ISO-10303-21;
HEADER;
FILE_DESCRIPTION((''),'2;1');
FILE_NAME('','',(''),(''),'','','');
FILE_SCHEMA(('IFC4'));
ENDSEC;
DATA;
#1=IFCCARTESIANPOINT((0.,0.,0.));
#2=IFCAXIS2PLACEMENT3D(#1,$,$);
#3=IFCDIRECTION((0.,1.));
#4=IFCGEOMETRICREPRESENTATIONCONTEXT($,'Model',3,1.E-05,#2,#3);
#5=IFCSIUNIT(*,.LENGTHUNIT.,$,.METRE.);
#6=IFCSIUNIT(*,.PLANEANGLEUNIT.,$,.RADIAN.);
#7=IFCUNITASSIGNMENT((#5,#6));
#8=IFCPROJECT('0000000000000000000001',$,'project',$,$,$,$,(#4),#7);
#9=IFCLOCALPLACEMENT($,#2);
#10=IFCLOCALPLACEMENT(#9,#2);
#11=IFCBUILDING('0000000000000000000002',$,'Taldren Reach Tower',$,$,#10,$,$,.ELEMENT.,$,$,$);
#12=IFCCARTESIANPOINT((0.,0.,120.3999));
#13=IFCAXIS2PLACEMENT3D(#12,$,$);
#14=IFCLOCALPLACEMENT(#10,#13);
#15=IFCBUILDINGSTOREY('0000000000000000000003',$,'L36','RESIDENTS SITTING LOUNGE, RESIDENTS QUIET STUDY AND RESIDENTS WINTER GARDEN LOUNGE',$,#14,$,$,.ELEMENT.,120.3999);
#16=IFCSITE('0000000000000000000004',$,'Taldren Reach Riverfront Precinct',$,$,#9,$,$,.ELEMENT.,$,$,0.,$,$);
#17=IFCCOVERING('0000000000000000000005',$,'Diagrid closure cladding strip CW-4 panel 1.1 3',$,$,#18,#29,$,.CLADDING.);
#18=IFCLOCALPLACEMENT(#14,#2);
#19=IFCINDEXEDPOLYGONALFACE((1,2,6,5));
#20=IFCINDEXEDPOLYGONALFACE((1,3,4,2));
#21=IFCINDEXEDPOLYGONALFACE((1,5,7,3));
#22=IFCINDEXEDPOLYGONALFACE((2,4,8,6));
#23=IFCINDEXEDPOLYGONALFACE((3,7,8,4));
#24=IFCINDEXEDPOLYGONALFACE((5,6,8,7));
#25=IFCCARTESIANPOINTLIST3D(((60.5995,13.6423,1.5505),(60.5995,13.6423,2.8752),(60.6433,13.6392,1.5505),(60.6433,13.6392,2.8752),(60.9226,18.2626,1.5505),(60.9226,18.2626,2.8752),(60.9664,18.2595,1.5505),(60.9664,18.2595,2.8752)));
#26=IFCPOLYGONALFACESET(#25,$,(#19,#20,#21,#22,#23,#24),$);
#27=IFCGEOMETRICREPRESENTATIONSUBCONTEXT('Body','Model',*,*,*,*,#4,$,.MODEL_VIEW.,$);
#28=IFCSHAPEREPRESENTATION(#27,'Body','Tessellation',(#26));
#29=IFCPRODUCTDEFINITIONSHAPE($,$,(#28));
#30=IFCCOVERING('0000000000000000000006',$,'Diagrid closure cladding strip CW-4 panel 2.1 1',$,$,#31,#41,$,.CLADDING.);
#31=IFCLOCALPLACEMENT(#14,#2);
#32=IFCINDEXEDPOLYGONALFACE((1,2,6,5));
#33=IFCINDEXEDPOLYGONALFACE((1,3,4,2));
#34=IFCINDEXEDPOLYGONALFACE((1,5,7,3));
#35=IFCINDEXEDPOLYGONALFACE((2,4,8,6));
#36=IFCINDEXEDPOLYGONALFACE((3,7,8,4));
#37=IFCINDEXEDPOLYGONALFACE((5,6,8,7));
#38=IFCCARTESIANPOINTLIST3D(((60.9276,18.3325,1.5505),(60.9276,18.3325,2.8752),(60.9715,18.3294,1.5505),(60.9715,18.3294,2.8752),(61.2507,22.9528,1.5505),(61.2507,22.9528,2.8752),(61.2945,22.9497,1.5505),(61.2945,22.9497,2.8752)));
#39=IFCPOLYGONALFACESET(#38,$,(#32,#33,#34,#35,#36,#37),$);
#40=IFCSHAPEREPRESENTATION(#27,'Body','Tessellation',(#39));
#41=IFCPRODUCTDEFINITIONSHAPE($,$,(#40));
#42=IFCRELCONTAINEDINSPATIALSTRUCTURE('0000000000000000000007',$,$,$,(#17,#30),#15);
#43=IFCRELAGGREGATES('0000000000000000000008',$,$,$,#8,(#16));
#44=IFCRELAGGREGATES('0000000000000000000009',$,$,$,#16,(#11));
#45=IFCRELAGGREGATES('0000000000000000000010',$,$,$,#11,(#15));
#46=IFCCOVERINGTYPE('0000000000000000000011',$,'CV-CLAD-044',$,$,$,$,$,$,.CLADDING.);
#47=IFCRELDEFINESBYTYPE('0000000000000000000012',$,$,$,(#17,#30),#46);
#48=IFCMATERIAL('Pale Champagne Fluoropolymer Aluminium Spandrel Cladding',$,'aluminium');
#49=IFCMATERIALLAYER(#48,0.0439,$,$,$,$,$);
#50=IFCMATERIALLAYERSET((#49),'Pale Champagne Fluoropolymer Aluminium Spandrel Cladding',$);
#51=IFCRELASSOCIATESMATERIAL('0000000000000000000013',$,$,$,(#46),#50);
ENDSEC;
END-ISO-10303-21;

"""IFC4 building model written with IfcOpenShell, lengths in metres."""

from ifc_helpers import new_model, si_unit, direction, frame, origin, origin_2d, place, context, subcontext, project, spatial, rectangle, extrude, source, transform, mapped, material, layer, layer_set, type_object, element, save


model = new_model("IFC4")

# Units and contexts
model_context = context("Model", 3, precision=1e-05, world=origin(), true_north=direction((0.0, 1.0)))
body_context = subcontext(model_context, "Body", "Model", "MODEL_VIEW")
ifc_project = project(units=[si_unit("LENGTHUNIT", "METRE"), si_unit("PLANEANGLEUNIT", "RADIAN")], contexts=[model_context])

# Site, building, storey
site_placement = place(None, origin())
site = spatial("IfcSite", under=ifc_project, at=site_placement, Name="Taldren Reach Riverfront Precinct", CompositionType="ELEMENT", RefElevation=0.0)
building_placement = place(site_placement, origin())
building = spatial("IfcBuilding", under=site, at=building_placement, Name="Taldren Reach Tower", CompositionType="ELEMENT")
storey_placement = place(building_placement, frame((0.0, 0.0, 120.3999)))
storey = spatial("IfcBuildingStorey", under=building, at=storey_placement, Name="L36", Description="RESIDENTS SITTING LOUNGE, RESIDENTS QUIET STUDY AND RESIDENTS WINTER GARDEN LOUNGE", CompositionType="ELEMENT", Elevation=120.3999)

# Coverings
ifc_material_1 = material(Name="Pale Champagne Fluoropolymer Aluminium Spandrel Cladding", Category="aluminium")
ifc_layer_1 = layer(ifc_material_1, 0.0439)
ifc_layer_set_1 = layer_set([ifc_layer_1], Name="Pale Champagne Fluoropolymer Aluminium Spandrel Cladding")
covering_type = type_object("IfcCoveringType", Name="CV-CLAD-044", PredefinedType="CLADDING", material=ifc_layer_set_1)
shared_shape_1 = source(origin(), body_context, "Body", "SweptSolid", [
    extrude(rectangle(XDim=4.6316, YDim=0.0439, at=origin_2d()), origin(), (0.0, 0.0, 1.0), 1.3247),
])
for number, where, z_axis, x_axis, name in (
    (1, (60.783, 15.9509, 1.5505), (0.0, 0.0, 1.0), (0.069756, 0.997564, 0.0), "Diagrid closure cladding strip CW-4 panel 1.1 3"),
    (2, (61.1111, 20.6411, 1.5505), (0.0, 0.0, 1.0), (0.069756, 0.997564, 0.0), "Diagrid closure cladding strip CW-4 panel 2.1 1"),
):
    element("IfcCovering", number, at=place(storey_placement, frame(where, z_axis=z_axis, x_axis=x_axis)), inside=storey, type_object=covering_type, Name=name, PredefinedType="CLADDING", context=body_context, shape_type="MappedRepresentation", body=[
        mapped(shared_shape_1, transform((0.0, 0.0, 0.0), scale=1.0)),
    ])

save(model, "model.ifc")
